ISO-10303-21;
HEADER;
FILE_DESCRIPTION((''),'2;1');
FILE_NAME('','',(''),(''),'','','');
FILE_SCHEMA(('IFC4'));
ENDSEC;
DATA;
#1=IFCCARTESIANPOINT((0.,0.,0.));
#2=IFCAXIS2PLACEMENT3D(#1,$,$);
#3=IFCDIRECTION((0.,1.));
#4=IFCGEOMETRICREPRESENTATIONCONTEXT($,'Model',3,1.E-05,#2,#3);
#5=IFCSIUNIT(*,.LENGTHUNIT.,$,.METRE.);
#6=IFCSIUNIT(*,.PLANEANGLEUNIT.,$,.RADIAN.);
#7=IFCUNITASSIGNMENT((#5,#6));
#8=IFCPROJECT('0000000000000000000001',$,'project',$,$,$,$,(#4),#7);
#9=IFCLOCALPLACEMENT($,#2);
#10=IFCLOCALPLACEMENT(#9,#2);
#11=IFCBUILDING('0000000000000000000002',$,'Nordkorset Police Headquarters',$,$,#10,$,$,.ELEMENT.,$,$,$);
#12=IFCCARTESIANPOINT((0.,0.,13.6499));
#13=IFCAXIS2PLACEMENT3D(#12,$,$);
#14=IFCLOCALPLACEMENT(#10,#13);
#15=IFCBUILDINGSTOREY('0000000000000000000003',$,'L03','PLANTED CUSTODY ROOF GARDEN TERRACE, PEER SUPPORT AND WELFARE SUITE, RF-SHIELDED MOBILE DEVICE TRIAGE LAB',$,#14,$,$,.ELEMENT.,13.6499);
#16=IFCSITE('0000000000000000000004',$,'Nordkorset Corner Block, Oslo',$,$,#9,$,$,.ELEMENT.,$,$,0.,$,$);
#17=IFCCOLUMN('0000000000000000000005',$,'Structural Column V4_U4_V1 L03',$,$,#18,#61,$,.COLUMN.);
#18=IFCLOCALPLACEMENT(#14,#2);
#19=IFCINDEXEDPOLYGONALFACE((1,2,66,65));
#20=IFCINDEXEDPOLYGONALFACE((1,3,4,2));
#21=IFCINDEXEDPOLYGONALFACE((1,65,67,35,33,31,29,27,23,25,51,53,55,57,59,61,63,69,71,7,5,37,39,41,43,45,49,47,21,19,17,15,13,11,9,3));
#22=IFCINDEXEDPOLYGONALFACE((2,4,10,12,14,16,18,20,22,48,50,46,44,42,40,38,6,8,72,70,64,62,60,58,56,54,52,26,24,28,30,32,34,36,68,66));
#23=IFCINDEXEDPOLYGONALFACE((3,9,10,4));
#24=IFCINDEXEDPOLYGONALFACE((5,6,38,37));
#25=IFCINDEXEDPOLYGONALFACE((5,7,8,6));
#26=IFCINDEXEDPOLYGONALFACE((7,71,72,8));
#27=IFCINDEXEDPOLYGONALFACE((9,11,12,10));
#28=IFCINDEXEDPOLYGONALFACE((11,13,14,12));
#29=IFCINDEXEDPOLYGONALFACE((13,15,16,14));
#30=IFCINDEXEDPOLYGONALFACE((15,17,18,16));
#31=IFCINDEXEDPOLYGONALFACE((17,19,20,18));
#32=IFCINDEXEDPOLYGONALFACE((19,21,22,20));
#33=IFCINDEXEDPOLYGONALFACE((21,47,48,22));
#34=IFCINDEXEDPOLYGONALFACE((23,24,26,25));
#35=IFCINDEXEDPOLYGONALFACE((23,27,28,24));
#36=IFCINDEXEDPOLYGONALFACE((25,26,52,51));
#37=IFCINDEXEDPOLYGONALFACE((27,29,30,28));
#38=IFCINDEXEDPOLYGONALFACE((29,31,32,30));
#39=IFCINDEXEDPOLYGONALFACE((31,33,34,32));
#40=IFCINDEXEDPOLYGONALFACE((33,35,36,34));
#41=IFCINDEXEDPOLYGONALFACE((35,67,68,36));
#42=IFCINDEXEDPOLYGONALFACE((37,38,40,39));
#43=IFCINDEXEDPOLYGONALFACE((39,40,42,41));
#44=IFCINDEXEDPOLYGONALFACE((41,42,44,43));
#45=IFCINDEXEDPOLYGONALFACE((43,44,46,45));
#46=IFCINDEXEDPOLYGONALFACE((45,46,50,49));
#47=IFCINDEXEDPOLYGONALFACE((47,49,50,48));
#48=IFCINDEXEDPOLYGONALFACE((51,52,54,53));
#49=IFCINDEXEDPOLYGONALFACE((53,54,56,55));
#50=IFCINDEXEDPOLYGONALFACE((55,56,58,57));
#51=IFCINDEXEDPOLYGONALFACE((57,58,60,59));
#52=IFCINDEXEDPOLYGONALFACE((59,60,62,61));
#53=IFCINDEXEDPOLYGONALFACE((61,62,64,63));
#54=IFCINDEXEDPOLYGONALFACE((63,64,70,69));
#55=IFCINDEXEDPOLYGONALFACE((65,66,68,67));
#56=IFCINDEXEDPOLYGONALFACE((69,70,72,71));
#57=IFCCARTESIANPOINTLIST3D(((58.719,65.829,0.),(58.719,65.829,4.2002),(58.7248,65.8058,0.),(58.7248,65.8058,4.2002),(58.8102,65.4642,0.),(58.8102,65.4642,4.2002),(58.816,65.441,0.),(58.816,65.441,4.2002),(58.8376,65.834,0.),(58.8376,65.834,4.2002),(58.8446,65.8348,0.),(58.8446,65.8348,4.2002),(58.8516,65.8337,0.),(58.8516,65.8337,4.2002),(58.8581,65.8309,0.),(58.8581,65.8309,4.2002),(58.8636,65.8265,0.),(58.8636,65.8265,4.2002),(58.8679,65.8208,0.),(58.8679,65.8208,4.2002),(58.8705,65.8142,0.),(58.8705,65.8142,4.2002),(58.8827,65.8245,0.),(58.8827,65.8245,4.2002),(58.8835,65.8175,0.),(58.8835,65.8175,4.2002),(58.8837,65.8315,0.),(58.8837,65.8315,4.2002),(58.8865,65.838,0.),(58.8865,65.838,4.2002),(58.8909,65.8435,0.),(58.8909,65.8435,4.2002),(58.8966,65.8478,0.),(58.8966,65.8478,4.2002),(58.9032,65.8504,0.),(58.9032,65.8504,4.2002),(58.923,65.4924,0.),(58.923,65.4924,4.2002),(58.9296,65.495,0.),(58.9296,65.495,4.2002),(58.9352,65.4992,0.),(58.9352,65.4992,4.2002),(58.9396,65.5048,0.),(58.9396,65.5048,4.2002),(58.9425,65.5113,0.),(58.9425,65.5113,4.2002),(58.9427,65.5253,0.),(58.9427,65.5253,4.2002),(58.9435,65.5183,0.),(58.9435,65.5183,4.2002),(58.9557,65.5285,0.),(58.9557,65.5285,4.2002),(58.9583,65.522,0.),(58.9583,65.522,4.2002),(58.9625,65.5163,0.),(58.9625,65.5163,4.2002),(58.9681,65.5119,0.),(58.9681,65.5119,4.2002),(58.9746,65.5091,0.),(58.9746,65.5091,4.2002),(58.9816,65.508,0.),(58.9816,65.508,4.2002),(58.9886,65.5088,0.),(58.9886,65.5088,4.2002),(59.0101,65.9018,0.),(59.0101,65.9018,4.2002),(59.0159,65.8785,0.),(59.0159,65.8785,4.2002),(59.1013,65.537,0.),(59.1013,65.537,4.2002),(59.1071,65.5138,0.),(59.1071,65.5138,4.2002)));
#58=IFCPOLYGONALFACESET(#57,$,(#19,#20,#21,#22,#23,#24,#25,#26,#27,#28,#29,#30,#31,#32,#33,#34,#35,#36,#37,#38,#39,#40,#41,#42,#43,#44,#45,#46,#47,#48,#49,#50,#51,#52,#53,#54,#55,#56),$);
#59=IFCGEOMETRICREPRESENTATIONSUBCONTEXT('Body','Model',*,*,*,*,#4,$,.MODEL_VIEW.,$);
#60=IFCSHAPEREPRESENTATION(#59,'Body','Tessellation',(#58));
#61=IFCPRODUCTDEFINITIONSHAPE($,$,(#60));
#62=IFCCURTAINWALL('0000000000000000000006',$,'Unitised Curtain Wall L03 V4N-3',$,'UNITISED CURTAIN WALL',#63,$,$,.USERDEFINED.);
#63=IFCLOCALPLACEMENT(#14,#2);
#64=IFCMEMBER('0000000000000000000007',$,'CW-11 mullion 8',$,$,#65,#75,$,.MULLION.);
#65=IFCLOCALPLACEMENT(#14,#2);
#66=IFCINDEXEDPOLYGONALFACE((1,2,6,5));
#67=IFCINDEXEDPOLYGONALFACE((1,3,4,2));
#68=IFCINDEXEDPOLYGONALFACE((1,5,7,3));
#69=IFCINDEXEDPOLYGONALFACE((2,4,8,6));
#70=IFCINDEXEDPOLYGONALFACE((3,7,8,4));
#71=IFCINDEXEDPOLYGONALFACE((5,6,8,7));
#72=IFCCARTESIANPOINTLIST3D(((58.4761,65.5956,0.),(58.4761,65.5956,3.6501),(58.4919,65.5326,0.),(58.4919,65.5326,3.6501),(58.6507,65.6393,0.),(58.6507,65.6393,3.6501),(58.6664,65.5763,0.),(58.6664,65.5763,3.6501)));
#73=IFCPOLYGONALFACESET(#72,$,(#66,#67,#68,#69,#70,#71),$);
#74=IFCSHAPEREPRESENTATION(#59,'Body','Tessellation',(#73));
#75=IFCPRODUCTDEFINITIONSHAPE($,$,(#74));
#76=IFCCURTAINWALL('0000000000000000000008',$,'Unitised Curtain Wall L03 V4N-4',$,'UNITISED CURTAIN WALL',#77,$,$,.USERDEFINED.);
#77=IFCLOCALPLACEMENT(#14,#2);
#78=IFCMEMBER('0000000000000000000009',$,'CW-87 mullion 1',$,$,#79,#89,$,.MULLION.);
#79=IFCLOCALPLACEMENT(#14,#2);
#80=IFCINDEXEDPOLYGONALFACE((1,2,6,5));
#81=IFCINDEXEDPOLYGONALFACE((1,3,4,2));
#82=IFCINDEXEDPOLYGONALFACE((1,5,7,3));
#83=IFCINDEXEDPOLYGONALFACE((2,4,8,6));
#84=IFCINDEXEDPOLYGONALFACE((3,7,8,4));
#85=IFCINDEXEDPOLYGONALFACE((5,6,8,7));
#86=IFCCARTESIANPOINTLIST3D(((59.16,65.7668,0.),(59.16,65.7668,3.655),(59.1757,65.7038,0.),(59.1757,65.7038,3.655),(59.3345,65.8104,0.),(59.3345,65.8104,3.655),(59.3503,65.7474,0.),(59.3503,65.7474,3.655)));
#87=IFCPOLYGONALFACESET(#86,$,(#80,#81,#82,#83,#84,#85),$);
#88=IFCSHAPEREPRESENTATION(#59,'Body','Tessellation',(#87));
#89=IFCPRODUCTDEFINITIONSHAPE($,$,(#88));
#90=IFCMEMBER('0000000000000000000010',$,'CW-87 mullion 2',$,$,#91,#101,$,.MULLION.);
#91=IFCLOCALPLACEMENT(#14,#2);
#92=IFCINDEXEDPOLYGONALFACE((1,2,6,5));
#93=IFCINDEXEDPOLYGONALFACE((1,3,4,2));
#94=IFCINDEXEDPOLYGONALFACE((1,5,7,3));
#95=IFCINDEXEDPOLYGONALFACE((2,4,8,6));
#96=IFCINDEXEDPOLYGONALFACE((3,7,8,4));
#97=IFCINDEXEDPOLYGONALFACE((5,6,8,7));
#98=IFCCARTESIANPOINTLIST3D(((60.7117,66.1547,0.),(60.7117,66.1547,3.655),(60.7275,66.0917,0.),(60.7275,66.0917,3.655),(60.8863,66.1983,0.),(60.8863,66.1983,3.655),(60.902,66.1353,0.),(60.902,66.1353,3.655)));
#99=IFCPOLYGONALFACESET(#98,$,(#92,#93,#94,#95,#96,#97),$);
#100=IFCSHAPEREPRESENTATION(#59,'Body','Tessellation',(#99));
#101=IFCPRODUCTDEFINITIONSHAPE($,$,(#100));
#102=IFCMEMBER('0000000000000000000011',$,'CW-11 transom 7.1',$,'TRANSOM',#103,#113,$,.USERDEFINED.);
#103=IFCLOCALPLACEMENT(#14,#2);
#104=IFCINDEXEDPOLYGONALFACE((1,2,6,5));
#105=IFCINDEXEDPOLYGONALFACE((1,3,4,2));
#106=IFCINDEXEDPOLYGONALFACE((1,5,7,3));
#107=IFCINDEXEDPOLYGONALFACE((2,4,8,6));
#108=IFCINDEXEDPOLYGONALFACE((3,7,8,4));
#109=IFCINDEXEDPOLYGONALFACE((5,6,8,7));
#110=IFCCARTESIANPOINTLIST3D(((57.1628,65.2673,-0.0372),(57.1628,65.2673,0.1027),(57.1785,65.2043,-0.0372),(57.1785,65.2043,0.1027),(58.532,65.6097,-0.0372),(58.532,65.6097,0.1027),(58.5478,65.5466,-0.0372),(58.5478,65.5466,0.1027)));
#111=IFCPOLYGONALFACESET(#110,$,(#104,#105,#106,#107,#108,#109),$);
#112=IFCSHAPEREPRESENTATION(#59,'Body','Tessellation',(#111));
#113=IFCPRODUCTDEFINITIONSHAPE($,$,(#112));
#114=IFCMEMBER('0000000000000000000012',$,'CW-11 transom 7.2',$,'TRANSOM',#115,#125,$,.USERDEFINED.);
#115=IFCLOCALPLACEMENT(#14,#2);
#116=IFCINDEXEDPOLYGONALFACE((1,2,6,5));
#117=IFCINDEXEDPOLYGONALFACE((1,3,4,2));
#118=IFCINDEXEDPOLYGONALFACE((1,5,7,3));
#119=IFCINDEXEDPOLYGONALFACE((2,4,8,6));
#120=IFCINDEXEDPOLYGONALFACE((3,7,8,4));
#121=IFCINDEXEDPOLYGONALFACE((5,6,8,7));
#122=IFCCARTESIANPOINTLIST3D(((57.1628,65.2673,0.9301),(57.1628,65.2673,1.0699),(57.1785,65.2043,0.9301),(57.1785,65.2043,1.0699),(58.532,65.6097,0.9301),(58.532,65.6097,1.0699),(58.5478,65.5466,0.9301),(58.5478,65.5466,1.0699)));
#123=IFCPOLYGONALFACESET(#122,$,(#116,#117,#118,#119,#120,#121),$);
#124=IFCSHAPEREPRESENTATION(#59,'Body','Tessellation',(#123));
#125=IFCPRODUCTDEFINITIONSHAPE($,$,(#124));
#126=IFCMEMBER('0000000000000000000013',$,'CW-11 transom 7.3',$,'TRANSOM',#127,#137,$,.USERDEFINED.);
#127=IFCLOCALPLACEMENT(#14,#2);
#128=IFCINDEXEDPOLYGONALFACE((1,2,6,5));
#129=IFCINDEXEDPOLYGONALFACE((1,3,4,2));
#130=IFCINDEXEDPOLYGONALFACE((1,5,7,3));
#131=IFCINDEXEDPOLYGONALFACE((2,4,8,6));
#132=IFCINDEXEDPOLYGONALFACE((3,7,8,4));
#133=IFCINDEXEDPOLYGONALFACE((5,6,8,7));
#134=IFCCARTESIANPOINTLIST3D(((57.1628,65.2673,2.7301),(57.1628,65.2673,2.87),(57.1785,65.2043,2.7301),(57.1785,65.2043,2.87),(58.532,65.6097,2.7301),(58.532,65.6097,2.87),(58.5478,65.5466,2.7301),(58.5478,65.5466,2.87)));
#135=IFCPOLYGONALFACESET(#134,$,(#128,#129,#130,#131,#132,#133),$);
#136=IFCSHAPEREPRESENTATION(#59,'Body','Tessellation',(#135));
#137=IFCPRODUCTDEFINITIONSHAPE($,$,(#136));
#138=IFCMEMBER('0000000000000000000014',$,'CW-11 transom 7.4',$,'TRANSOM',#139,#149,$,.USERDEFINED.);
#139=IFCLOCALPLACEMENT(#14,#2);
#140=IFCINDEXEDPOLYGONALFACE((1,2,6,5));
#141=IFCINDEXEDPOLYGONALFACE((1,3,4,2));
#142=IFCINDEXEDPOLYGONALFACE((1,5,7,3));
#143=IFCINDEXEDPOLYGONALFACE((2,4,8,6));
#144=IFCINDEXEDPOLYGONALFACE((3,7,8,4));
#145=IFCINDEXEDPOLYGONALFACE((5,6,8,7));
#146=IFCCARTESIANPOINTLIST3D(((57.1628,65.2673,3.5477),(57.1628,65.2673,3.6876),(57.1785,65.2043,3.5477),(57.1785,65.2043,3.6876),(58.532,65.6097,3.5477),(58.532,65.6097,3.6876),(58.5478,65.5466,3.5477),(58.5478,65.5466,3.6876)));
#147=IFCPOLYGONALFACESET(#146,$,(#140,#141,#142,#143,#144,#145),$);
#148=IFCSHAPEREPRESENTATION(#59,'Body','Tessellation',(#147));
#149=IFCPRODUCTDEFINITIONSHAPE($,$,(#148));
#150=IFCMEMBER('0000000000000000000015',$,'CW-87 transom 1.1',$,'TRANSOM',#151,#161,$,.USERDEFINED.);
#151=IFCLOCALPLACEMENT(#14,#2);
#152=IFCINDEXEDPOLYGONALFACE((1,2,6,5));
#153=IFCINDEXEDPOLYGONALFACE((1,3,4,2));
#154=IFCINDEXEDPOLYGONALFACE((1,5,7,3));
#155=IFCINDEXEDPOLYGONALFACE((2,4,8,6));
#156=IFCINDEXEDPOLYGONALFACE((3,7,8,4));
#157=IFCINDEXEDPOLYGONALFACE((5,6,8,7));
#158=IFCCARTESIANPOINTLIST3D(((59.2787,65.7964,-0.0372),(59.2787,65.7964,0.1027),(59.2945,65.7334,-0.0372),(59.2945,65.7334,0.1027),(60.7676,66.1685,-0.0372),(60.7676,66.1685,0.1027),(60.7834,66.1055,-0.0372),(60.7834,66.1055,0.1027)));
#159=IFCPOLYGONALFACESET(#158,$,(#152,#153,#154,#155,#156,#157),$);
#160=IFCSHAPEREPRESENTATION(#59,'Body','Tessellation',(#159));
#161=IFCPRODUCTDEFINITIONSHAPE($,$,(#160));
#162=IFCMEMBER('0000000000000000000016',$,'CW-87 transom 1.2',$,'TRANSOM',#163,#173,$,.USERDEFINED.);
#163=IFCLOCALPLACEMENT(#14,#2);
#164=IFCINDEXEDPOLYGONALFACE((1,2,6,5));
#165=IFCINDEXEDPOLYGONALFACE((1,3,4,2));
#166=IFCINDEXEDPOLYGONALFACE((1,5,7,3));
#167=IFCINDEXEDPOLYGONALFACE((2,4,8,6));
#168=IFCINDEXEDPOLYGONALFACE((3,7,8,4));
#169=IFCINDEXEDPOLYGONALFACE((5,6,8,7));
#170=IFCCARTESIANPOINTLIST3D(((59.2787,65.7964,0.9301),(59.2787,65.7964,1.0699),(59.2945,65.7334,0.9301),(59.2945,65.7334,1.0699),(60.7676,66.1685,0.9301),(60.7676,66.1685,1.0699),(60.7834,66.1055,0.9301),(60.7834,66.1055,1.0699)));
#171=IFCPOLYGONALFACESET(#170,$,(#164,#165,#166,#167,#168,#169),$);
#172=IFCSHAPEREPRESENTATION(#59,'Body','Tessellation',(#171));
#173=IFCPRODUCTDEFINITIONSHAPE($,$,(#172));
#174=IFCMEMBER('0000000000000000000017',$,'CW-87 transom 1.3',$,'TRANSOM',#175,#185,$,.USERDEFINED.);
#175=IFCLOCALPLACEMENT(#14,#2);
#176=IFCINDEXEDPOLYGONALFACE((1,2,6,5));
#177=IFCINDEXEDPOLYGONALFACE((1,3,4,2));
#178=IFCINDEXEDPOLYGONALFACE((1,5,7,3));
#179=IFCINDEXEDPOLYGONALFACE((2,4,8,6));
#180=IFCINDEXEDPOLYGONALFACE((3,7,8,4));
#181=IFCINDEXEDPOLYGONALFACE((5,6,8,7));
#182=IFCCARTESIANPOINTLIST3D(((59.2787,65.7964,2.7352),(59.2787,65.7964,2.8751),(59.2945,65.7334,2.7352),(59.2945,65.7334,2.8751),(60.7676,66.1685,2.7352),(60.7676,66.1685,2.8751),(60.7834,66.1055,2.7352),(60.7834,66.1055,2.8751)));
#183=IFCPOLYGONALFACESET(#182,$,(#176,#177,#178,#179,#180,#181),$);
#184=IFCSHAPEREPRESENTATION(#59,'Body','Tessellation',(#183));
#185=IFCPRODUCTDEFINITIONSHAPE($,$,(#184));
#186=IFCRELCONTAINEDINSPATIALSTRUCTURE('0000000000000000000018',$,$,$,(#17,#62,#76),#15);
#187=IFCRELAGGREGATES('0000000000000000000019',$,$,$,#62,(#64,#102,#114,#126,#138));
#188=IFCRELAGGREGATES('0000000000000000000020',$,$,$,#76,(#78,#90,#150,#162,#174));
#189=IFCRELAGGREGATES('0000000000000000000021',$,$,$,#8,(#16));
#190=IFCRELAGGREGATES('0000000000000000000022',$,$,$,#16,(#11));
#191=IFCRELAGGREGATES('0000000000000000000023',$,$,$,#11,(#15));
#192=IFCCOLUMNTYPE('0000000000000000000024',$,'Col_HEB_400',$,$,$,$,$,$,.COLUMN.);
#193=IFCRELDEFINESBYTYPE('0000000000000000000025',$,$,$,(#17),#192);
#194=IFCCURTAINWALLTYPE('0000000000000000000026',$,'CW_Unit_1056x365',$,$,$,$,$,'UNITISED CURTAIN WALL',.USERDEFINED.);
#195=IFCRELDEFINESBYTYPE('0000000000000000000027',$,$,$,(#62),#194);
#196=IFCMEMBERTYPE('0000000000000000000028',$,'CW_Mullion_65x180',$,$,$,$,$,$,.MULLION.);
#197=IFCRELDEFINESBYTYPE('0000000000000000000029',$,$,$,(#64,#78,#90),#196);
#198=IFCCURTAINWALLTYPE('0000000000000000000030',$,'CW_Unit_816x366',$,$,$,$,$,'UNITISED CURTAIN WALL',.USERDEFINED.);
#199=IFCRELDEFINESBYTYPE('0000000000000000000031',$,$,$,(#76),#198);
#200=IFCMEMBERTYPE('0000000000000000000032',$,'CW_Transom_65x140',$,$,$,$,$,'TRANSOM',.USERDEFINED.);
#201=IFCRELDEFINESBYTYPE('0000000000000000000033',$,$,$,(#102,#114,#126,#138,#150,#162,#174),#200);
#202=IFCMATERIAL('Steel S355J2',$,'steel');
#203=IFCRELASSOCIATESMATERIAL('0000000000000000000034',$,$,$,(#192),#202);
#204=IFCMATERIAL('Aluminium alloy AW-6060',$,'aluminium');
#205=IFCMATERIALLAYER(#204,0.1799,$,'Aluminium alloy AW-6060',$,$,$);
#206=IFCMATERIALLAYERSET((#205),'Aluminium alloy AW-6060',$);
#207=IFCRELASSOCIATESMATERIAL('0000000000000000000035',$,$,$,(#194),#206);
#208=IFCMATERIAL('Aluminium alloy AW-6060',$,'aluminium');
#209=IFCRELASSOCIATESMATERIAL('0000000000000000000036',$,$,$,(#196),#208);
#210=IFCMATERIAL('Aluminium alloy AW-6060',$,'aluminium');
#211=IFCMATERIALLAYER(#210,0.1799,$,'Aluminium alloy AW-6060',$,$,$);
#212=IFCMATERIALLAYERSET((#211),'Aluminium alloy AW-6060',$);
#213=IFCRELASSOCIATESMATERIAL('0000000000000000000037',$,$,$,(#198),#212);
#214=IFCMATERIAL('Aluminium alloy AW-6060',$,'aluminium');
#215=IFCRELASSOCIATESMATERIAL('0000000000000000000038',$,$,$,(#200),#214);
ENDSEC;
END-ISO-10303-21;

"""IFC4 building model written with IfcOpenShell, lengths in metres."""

from ifc_helpers import new_model, si_unit, direction, frame, origin, origin_2d, place, context, subcontext, project, spatial, rectangle, i_section, extrude, material, layer, layer_set, material_profile, profile_set, type_object, element, aggregate, save


model = new_model("IFC4")

# Units and contexts
model_context = context("Model", 3, precision=1e-05, world=origin(), true_north=direction((0.0, 1.0)))
body_context = subcontext(model_context, "Body", "Model", "MODEL_VIEW")
ifc_project = project(units=[si_unit("LENGTHUNIT", "METRE"), si_unit("PLANEANGLEUNIT", "RADIAN")], contexts=[model_context])

# Site, building, storey
site_placement = place(None, origin())
site = spatial("IfcSite", under=ifc_project, at=site_placement, Name="Nordkorset Corner Block, Oslo", CompositionType="ELEMENT", RefElevation=0.0)
building_placement = place(site_placement, origin())
building = spatial("IfcBuilding", under=site, at=building_placement, Name="Nordkorset Police Headquarters", CompositionType="ELEMENT")
storey_placement = place(building_placement, frame((0.0, 0.0, 13.6499)))
storey = spatial("IfcBuildingStorey", under=building, at=storey_placement, Name="L03", Description="PLANTED CUSTODY ROOF GARDEN TERRACE, PEER SUPPORT AND WELFARE SUITE, RF-SHIELDED MOBILE DEVICE TRIAGE LAB", CompositionType="ELEMENT", Elevation=13.6499)

# Column
ifc_material_1 = material(Name="Steel S355J2", Category="steel")
ifc_material_profile_1 = material_profile(ifc_material_1, i_section(OverallWidth=0.3, OverallDepth=0.3999, WebThickness=0.0134, FlangeThickness=0.0239, FilletRadius=0.0271, at=origin_2d()), Name="HEB 400")
ifc_profile_set_1 = profile_set([ifc_material_profile_1], Name="Steel S355J2")
column_type = type_object("IfcColumnType", Name="Col_HEB_400", PredefinedType="COLUMN", material=ifc_profile_set_1)
column_placement = place(storey_placement, frame((58.9131, 65.6714, 0.0), z_axis=(0.0, 0.0, 1.0), x_axis=(0.970143, 0.242536, 0.0)))
element("IfcColumn", 1, at=column_placement, inside=storey, type_object=column_type, Name="Structural Column V4_U4_V1 L03", PredefinedType="COLUMN", context=body_context, shape_type="SweptSolid", body=[
    extrude(i_section(OverallWidth=0.3, OverallDepth=0.3999, WebThickness=0.0134, FlangeThickness=0.0239, FilletRadius=0.0271, at=origin_2d()), origin(), (0.0, 0.0, 1.0), 4.2002),
])

# Curtain wall, member
ifc_material_2 = material(Name="Aluminium alloy AW-6060", Category="aluminium")
ifc_layer_1 = layer(ifc_material_2, 0.1799, Name="Aluminium alloy AW-6060")
ifc_layer_set_1 = layer_set([ifc_layer_1], Name="Aluminium alloy AW-6060")
curtain_wall_type_1 = type_object("IfcCurtainWallType", Name="CW_Unit_1056x365", ElementType="UNITISED CURTAIN WALL", PredefinedType="USERDEFINED", material=ifc_layer_set_1)
curtain_wall_1_placement = place(storey_placement, origin())
curtain_wall_1 = element("IfcCurtainWall", 2, at=curtain_wall_1_placement, inside=storey, type_object=curtain_wall_type_1, Name="Unitised Curtain Wall L03 V4N-3", ObjectType="UNITISED CURTAIN WALL", PredefinedType="USERDEFINED")
ifc_material_3 = material(Name="Aluminium alloy AW-6060", Category="aluminium")
ifc_material_profile_2 = material_profile(ifc_material_3, rectangle(XDim=0.0649, YDim=0.1799, at=origin_2d()), Name="ALU MULL 65x180")
ifc_profile_set_2 = profile_set([ifc_material_profile_2], Name="Aluminium alloy AW-6060")
member_type_1 = type_object("IfcMemberType", Name="CW_Mullion_65x180", PredefinedType="MULLION", material=ifc_profile_set_2)
member_1_placement = place(storey_placement, frame((58.5713, 65.5859, 0.0), z_axis=(0.0, 0.0, 1.0), x_axis=(-0.242536, 0.970142, 0.0)))
member_1 = element("IfcMember", 3, at=member_1_placement, type_object=member_type_1, Name="CW-11 mullion 8", PredefinedType="MULLION", context=body_context, shape_type="SweptSolid", body=[
    extrude(rectangle(XDim=0.0649, YDim=0.1799, at=origin_2d()), origin(), (0.0, 0.0, 1.0), 3.6501),
])

# Curtain wall, members
ifc_material_4 = material(Name="Aluminium alloy AW-6060", Category="aluminium")
ifc_layer_2 = layer(ifc_material_4, 0.1799, Name="Aluminium alloy AW-6060")
ifc_layer_set_2 = layer_set([ifc_layer_2], Name="Aluminium alloy AW-6060")
curtain_wall_type_2 = type_object("IfcCurtainWallType", Name="CW_Unit_816x366", ElementType="UNITISED CURTAIN WALL", PredefinedType="USERDEFINED", material=ifc_layer_set_2)
curtain_wall_2_placement = place(storey_placement, origin())
curtain_wall_2 = element("IfcCurtainWall", 4, at=curtain_wall_2_placement, inside=storey, type_object=curtain_wall_type_2, Name="Unitised Curtain Wall L03 V4N-4", ObjectType="UNITISED CURTAIN WALL", PredefinedType="USERDEFINED")
member_2_placement = place(storey_placement, frame((59.2551, 65.7571, 0.0), z_axis=(0.0, 0.0, 1.0), x_axis=(-0.242535, 0.970143, 0.0)))
member_2 = element("IfcMember", 5, at=member_2_placement, type_object=member_type_1, Name="CW-87 mullion 1", PredefinedType="MULLION", context=body_context, shape_type="SweptSolid", body=[
    extrude(rectangle(XDim=0.0649, YDim=0.1799, at=origin_2d()), origin(), (0.0, 0.0, 1.0), 3.655),
])
member_3_placement = place(storey_placement, frame((60.8069, 66.145, 0.0), z_axis=(0.0, 0.0, 1.0), x_axis=(-0.242535, 0.970143, 0.0)))
member_3 = element("IfcMember", 6, at=member_3_placement, type_object=member_type_1, Name="CW-87 mullion 2", PredefinedType="MULLION", context=body_context, shape_type="SweptSolid", body=[
    extrude(rectangle(XDim=0.0649, YDim=0.1799, at=origin_2d()), origin(), (0.0, 0.0, 1.0), 3.655),
])

# Members
ifc_material_5 = material(Name="Aluminium alloy AW-6060", Category="aluminium")
ifc_material_profile_3 = material_profile(ifc_material_5, rectangle(XDim=0.0649, YDim=0.1399, at=origin_2d()), Name="ALU TRAN 65x140")
ifc_profile_set_3 = profile_set([ifc_material_profile_3], Name="Aluminium alloy AW-6060")
member_type_2 = type_object("IfcMemberType", Name="CW_Transom_65x140", ElementType="TRANSOM", PredefinedType="USERDEFINED", material=ifc_profile_set_3)
member_4_placement = place(storey_placement, frame((57.1707, 65.2358, 0.0327), z_axis=(0.970143, 0.242536, 0.0), x_axis=(-0.242536, 0.970143, 0.0)))
member_4 = element("IfcMember", 7, at=member_4_placement, type_object=member_type_2, Name="CW-11 transom 7.1", ObjectType="TRANSOM", PredefinedType="USERDEFINED", context=body_context, shape_type="SweptSolid", body=[
    extrude(rectangle(XDim=0.0649, YDim=0.1399, at=origin_2d()), origin(), (0.0, 0.0, 1.0), 1.4114),
])
member_5_placement = place(storey_placement, frame((57.1707, 65.2358, 1.0), z_axis=(0.970143, 0.242536, 0.0), x_axis=(-0.242536, 0.970143, 0.0)))
member_5 = element("IfcMember", 8, at=member_5_placement, type_object=member_type_2, Name="CW-11 transom 7.2", ObjectType="TRANSOM", PredefinedType="USERDEFINED", context=body_context, shape_type="SweptSolid", body=[
    extrude(rectangle(XDim=0.0649, YDim=0.1399, at=origin_2d()), origin(), (0.0, 0.0, 1.0), 1.4114),
])
member_6_placement = place(storey_placement, frame((57.1707, 65.2358, 2.8), z_axis=(0.970143, 0.242536, 0.0), x_axis=(-0.242536, 0.970143, 0.0)))
member_6 = element("IfcMember", 9, at=member_6_placement, type_object=member_type_2, Name="CW-11 transom 7.3", ObjectType="TRANSOM", PredefinedType="USERDEFINED", context=body_context, shape_type="SweptSolid", body=[
    extrude(rectangle(XDim=0.0649, YDim=0.1399, at=origin_2d()), origin(), (0.0, 0.0, 1.0), 1.4114),
])
member_7_placement = place(storey_placement, frame((57.1707, 65.2358, 3.6177), z_axis=(0.970143, 0.242536, 0.0), x_axis=(-0.242536, 0.970143, 0.0)))
member_7 = element("IfcMember", 10, at=member_7_placement, type_object=member_type_2, Name="CW-11 transom 7.4", ObjectType="TRANSOM", PredefinedType="USERDEFINED", context=body_context, shape_type="SweptSolid", body=[
    extrude(rectangle(XDim=0.0649, YDim=0.1399, at=origin_2d()), origin(), (0.0, 0.0, 1.0), 1.4114),
])
member_8_placement = place(storey_placement, frame((59.2866, 65.7649, 0.0327), z_axis=(0.970161, 0.242461, 0.0), x_axis=(-0.242461, 0.970161, 0.0)))
member_8 = element("IfcMember", 11, at=member_8_placement, type_object=member_type_2, Name="CW-87 transom 1.1", ObjectType="TRANSOM", PredefinedType="USERDEFINED", context=body_context, shape_type="SweptSolid", body=[
    extrude(rectangle(XDim=0.0649, YDim=0.1399, at=origin_2d()), origin(), (0.0, 0.0, 1.0), 1.5347),
])
member_9_placement = place(storey_placement, frame((59.2866, 65.7649, 1.0), z_axis=(0.970161, 0.242461, 0.0), x_axis=(-0.242461, 0.970161, 0.0)))
member_9 = element("IfcMember", 12, at=member_9_placement, type_object=member_type_2, Name="CW-87 transom 1.2", ObjectType="TRANSOM", PredefinedType="USERDEFINED", context=body_context, shape_type="SweptSolid", body=[
    extrude(rectangle(XDim=0.0649, YDim=0.1399, at=origin_2d()), origin(), (0.0, 0.0, 1.0), 1.5347),
])
member_10_placement = place(storey_placement, frame((59.2866, 65.7649, 2.8052), z_axis=(0.970161, 0.242461, 0.0), x_axis=(-0.242461, 0.970161, 0.0)))
member_10 = element("IfcMember", 13, at=member_10_placement, type_object=member_type_2, Name="CW-87 transom 1.3", ObjectType="TRANSOM", PredefinedType="USERDEFINED", context=body_context, shape_type="SweptSolid", body=[
    extrude(rectangle(XDim=0.0649, YDim=0.1399, at=origin_2d()), origin(), (0.0, 0.0, 1.0), 1.5347),
])

aggregate(curtain_wall_1, [member_1, member_4, member_5, member_6, member_7])
aggregate(curtain_wall_2, [member_2, member_3, member_8, member_9, member_10])

save(model, "model.ifc")
